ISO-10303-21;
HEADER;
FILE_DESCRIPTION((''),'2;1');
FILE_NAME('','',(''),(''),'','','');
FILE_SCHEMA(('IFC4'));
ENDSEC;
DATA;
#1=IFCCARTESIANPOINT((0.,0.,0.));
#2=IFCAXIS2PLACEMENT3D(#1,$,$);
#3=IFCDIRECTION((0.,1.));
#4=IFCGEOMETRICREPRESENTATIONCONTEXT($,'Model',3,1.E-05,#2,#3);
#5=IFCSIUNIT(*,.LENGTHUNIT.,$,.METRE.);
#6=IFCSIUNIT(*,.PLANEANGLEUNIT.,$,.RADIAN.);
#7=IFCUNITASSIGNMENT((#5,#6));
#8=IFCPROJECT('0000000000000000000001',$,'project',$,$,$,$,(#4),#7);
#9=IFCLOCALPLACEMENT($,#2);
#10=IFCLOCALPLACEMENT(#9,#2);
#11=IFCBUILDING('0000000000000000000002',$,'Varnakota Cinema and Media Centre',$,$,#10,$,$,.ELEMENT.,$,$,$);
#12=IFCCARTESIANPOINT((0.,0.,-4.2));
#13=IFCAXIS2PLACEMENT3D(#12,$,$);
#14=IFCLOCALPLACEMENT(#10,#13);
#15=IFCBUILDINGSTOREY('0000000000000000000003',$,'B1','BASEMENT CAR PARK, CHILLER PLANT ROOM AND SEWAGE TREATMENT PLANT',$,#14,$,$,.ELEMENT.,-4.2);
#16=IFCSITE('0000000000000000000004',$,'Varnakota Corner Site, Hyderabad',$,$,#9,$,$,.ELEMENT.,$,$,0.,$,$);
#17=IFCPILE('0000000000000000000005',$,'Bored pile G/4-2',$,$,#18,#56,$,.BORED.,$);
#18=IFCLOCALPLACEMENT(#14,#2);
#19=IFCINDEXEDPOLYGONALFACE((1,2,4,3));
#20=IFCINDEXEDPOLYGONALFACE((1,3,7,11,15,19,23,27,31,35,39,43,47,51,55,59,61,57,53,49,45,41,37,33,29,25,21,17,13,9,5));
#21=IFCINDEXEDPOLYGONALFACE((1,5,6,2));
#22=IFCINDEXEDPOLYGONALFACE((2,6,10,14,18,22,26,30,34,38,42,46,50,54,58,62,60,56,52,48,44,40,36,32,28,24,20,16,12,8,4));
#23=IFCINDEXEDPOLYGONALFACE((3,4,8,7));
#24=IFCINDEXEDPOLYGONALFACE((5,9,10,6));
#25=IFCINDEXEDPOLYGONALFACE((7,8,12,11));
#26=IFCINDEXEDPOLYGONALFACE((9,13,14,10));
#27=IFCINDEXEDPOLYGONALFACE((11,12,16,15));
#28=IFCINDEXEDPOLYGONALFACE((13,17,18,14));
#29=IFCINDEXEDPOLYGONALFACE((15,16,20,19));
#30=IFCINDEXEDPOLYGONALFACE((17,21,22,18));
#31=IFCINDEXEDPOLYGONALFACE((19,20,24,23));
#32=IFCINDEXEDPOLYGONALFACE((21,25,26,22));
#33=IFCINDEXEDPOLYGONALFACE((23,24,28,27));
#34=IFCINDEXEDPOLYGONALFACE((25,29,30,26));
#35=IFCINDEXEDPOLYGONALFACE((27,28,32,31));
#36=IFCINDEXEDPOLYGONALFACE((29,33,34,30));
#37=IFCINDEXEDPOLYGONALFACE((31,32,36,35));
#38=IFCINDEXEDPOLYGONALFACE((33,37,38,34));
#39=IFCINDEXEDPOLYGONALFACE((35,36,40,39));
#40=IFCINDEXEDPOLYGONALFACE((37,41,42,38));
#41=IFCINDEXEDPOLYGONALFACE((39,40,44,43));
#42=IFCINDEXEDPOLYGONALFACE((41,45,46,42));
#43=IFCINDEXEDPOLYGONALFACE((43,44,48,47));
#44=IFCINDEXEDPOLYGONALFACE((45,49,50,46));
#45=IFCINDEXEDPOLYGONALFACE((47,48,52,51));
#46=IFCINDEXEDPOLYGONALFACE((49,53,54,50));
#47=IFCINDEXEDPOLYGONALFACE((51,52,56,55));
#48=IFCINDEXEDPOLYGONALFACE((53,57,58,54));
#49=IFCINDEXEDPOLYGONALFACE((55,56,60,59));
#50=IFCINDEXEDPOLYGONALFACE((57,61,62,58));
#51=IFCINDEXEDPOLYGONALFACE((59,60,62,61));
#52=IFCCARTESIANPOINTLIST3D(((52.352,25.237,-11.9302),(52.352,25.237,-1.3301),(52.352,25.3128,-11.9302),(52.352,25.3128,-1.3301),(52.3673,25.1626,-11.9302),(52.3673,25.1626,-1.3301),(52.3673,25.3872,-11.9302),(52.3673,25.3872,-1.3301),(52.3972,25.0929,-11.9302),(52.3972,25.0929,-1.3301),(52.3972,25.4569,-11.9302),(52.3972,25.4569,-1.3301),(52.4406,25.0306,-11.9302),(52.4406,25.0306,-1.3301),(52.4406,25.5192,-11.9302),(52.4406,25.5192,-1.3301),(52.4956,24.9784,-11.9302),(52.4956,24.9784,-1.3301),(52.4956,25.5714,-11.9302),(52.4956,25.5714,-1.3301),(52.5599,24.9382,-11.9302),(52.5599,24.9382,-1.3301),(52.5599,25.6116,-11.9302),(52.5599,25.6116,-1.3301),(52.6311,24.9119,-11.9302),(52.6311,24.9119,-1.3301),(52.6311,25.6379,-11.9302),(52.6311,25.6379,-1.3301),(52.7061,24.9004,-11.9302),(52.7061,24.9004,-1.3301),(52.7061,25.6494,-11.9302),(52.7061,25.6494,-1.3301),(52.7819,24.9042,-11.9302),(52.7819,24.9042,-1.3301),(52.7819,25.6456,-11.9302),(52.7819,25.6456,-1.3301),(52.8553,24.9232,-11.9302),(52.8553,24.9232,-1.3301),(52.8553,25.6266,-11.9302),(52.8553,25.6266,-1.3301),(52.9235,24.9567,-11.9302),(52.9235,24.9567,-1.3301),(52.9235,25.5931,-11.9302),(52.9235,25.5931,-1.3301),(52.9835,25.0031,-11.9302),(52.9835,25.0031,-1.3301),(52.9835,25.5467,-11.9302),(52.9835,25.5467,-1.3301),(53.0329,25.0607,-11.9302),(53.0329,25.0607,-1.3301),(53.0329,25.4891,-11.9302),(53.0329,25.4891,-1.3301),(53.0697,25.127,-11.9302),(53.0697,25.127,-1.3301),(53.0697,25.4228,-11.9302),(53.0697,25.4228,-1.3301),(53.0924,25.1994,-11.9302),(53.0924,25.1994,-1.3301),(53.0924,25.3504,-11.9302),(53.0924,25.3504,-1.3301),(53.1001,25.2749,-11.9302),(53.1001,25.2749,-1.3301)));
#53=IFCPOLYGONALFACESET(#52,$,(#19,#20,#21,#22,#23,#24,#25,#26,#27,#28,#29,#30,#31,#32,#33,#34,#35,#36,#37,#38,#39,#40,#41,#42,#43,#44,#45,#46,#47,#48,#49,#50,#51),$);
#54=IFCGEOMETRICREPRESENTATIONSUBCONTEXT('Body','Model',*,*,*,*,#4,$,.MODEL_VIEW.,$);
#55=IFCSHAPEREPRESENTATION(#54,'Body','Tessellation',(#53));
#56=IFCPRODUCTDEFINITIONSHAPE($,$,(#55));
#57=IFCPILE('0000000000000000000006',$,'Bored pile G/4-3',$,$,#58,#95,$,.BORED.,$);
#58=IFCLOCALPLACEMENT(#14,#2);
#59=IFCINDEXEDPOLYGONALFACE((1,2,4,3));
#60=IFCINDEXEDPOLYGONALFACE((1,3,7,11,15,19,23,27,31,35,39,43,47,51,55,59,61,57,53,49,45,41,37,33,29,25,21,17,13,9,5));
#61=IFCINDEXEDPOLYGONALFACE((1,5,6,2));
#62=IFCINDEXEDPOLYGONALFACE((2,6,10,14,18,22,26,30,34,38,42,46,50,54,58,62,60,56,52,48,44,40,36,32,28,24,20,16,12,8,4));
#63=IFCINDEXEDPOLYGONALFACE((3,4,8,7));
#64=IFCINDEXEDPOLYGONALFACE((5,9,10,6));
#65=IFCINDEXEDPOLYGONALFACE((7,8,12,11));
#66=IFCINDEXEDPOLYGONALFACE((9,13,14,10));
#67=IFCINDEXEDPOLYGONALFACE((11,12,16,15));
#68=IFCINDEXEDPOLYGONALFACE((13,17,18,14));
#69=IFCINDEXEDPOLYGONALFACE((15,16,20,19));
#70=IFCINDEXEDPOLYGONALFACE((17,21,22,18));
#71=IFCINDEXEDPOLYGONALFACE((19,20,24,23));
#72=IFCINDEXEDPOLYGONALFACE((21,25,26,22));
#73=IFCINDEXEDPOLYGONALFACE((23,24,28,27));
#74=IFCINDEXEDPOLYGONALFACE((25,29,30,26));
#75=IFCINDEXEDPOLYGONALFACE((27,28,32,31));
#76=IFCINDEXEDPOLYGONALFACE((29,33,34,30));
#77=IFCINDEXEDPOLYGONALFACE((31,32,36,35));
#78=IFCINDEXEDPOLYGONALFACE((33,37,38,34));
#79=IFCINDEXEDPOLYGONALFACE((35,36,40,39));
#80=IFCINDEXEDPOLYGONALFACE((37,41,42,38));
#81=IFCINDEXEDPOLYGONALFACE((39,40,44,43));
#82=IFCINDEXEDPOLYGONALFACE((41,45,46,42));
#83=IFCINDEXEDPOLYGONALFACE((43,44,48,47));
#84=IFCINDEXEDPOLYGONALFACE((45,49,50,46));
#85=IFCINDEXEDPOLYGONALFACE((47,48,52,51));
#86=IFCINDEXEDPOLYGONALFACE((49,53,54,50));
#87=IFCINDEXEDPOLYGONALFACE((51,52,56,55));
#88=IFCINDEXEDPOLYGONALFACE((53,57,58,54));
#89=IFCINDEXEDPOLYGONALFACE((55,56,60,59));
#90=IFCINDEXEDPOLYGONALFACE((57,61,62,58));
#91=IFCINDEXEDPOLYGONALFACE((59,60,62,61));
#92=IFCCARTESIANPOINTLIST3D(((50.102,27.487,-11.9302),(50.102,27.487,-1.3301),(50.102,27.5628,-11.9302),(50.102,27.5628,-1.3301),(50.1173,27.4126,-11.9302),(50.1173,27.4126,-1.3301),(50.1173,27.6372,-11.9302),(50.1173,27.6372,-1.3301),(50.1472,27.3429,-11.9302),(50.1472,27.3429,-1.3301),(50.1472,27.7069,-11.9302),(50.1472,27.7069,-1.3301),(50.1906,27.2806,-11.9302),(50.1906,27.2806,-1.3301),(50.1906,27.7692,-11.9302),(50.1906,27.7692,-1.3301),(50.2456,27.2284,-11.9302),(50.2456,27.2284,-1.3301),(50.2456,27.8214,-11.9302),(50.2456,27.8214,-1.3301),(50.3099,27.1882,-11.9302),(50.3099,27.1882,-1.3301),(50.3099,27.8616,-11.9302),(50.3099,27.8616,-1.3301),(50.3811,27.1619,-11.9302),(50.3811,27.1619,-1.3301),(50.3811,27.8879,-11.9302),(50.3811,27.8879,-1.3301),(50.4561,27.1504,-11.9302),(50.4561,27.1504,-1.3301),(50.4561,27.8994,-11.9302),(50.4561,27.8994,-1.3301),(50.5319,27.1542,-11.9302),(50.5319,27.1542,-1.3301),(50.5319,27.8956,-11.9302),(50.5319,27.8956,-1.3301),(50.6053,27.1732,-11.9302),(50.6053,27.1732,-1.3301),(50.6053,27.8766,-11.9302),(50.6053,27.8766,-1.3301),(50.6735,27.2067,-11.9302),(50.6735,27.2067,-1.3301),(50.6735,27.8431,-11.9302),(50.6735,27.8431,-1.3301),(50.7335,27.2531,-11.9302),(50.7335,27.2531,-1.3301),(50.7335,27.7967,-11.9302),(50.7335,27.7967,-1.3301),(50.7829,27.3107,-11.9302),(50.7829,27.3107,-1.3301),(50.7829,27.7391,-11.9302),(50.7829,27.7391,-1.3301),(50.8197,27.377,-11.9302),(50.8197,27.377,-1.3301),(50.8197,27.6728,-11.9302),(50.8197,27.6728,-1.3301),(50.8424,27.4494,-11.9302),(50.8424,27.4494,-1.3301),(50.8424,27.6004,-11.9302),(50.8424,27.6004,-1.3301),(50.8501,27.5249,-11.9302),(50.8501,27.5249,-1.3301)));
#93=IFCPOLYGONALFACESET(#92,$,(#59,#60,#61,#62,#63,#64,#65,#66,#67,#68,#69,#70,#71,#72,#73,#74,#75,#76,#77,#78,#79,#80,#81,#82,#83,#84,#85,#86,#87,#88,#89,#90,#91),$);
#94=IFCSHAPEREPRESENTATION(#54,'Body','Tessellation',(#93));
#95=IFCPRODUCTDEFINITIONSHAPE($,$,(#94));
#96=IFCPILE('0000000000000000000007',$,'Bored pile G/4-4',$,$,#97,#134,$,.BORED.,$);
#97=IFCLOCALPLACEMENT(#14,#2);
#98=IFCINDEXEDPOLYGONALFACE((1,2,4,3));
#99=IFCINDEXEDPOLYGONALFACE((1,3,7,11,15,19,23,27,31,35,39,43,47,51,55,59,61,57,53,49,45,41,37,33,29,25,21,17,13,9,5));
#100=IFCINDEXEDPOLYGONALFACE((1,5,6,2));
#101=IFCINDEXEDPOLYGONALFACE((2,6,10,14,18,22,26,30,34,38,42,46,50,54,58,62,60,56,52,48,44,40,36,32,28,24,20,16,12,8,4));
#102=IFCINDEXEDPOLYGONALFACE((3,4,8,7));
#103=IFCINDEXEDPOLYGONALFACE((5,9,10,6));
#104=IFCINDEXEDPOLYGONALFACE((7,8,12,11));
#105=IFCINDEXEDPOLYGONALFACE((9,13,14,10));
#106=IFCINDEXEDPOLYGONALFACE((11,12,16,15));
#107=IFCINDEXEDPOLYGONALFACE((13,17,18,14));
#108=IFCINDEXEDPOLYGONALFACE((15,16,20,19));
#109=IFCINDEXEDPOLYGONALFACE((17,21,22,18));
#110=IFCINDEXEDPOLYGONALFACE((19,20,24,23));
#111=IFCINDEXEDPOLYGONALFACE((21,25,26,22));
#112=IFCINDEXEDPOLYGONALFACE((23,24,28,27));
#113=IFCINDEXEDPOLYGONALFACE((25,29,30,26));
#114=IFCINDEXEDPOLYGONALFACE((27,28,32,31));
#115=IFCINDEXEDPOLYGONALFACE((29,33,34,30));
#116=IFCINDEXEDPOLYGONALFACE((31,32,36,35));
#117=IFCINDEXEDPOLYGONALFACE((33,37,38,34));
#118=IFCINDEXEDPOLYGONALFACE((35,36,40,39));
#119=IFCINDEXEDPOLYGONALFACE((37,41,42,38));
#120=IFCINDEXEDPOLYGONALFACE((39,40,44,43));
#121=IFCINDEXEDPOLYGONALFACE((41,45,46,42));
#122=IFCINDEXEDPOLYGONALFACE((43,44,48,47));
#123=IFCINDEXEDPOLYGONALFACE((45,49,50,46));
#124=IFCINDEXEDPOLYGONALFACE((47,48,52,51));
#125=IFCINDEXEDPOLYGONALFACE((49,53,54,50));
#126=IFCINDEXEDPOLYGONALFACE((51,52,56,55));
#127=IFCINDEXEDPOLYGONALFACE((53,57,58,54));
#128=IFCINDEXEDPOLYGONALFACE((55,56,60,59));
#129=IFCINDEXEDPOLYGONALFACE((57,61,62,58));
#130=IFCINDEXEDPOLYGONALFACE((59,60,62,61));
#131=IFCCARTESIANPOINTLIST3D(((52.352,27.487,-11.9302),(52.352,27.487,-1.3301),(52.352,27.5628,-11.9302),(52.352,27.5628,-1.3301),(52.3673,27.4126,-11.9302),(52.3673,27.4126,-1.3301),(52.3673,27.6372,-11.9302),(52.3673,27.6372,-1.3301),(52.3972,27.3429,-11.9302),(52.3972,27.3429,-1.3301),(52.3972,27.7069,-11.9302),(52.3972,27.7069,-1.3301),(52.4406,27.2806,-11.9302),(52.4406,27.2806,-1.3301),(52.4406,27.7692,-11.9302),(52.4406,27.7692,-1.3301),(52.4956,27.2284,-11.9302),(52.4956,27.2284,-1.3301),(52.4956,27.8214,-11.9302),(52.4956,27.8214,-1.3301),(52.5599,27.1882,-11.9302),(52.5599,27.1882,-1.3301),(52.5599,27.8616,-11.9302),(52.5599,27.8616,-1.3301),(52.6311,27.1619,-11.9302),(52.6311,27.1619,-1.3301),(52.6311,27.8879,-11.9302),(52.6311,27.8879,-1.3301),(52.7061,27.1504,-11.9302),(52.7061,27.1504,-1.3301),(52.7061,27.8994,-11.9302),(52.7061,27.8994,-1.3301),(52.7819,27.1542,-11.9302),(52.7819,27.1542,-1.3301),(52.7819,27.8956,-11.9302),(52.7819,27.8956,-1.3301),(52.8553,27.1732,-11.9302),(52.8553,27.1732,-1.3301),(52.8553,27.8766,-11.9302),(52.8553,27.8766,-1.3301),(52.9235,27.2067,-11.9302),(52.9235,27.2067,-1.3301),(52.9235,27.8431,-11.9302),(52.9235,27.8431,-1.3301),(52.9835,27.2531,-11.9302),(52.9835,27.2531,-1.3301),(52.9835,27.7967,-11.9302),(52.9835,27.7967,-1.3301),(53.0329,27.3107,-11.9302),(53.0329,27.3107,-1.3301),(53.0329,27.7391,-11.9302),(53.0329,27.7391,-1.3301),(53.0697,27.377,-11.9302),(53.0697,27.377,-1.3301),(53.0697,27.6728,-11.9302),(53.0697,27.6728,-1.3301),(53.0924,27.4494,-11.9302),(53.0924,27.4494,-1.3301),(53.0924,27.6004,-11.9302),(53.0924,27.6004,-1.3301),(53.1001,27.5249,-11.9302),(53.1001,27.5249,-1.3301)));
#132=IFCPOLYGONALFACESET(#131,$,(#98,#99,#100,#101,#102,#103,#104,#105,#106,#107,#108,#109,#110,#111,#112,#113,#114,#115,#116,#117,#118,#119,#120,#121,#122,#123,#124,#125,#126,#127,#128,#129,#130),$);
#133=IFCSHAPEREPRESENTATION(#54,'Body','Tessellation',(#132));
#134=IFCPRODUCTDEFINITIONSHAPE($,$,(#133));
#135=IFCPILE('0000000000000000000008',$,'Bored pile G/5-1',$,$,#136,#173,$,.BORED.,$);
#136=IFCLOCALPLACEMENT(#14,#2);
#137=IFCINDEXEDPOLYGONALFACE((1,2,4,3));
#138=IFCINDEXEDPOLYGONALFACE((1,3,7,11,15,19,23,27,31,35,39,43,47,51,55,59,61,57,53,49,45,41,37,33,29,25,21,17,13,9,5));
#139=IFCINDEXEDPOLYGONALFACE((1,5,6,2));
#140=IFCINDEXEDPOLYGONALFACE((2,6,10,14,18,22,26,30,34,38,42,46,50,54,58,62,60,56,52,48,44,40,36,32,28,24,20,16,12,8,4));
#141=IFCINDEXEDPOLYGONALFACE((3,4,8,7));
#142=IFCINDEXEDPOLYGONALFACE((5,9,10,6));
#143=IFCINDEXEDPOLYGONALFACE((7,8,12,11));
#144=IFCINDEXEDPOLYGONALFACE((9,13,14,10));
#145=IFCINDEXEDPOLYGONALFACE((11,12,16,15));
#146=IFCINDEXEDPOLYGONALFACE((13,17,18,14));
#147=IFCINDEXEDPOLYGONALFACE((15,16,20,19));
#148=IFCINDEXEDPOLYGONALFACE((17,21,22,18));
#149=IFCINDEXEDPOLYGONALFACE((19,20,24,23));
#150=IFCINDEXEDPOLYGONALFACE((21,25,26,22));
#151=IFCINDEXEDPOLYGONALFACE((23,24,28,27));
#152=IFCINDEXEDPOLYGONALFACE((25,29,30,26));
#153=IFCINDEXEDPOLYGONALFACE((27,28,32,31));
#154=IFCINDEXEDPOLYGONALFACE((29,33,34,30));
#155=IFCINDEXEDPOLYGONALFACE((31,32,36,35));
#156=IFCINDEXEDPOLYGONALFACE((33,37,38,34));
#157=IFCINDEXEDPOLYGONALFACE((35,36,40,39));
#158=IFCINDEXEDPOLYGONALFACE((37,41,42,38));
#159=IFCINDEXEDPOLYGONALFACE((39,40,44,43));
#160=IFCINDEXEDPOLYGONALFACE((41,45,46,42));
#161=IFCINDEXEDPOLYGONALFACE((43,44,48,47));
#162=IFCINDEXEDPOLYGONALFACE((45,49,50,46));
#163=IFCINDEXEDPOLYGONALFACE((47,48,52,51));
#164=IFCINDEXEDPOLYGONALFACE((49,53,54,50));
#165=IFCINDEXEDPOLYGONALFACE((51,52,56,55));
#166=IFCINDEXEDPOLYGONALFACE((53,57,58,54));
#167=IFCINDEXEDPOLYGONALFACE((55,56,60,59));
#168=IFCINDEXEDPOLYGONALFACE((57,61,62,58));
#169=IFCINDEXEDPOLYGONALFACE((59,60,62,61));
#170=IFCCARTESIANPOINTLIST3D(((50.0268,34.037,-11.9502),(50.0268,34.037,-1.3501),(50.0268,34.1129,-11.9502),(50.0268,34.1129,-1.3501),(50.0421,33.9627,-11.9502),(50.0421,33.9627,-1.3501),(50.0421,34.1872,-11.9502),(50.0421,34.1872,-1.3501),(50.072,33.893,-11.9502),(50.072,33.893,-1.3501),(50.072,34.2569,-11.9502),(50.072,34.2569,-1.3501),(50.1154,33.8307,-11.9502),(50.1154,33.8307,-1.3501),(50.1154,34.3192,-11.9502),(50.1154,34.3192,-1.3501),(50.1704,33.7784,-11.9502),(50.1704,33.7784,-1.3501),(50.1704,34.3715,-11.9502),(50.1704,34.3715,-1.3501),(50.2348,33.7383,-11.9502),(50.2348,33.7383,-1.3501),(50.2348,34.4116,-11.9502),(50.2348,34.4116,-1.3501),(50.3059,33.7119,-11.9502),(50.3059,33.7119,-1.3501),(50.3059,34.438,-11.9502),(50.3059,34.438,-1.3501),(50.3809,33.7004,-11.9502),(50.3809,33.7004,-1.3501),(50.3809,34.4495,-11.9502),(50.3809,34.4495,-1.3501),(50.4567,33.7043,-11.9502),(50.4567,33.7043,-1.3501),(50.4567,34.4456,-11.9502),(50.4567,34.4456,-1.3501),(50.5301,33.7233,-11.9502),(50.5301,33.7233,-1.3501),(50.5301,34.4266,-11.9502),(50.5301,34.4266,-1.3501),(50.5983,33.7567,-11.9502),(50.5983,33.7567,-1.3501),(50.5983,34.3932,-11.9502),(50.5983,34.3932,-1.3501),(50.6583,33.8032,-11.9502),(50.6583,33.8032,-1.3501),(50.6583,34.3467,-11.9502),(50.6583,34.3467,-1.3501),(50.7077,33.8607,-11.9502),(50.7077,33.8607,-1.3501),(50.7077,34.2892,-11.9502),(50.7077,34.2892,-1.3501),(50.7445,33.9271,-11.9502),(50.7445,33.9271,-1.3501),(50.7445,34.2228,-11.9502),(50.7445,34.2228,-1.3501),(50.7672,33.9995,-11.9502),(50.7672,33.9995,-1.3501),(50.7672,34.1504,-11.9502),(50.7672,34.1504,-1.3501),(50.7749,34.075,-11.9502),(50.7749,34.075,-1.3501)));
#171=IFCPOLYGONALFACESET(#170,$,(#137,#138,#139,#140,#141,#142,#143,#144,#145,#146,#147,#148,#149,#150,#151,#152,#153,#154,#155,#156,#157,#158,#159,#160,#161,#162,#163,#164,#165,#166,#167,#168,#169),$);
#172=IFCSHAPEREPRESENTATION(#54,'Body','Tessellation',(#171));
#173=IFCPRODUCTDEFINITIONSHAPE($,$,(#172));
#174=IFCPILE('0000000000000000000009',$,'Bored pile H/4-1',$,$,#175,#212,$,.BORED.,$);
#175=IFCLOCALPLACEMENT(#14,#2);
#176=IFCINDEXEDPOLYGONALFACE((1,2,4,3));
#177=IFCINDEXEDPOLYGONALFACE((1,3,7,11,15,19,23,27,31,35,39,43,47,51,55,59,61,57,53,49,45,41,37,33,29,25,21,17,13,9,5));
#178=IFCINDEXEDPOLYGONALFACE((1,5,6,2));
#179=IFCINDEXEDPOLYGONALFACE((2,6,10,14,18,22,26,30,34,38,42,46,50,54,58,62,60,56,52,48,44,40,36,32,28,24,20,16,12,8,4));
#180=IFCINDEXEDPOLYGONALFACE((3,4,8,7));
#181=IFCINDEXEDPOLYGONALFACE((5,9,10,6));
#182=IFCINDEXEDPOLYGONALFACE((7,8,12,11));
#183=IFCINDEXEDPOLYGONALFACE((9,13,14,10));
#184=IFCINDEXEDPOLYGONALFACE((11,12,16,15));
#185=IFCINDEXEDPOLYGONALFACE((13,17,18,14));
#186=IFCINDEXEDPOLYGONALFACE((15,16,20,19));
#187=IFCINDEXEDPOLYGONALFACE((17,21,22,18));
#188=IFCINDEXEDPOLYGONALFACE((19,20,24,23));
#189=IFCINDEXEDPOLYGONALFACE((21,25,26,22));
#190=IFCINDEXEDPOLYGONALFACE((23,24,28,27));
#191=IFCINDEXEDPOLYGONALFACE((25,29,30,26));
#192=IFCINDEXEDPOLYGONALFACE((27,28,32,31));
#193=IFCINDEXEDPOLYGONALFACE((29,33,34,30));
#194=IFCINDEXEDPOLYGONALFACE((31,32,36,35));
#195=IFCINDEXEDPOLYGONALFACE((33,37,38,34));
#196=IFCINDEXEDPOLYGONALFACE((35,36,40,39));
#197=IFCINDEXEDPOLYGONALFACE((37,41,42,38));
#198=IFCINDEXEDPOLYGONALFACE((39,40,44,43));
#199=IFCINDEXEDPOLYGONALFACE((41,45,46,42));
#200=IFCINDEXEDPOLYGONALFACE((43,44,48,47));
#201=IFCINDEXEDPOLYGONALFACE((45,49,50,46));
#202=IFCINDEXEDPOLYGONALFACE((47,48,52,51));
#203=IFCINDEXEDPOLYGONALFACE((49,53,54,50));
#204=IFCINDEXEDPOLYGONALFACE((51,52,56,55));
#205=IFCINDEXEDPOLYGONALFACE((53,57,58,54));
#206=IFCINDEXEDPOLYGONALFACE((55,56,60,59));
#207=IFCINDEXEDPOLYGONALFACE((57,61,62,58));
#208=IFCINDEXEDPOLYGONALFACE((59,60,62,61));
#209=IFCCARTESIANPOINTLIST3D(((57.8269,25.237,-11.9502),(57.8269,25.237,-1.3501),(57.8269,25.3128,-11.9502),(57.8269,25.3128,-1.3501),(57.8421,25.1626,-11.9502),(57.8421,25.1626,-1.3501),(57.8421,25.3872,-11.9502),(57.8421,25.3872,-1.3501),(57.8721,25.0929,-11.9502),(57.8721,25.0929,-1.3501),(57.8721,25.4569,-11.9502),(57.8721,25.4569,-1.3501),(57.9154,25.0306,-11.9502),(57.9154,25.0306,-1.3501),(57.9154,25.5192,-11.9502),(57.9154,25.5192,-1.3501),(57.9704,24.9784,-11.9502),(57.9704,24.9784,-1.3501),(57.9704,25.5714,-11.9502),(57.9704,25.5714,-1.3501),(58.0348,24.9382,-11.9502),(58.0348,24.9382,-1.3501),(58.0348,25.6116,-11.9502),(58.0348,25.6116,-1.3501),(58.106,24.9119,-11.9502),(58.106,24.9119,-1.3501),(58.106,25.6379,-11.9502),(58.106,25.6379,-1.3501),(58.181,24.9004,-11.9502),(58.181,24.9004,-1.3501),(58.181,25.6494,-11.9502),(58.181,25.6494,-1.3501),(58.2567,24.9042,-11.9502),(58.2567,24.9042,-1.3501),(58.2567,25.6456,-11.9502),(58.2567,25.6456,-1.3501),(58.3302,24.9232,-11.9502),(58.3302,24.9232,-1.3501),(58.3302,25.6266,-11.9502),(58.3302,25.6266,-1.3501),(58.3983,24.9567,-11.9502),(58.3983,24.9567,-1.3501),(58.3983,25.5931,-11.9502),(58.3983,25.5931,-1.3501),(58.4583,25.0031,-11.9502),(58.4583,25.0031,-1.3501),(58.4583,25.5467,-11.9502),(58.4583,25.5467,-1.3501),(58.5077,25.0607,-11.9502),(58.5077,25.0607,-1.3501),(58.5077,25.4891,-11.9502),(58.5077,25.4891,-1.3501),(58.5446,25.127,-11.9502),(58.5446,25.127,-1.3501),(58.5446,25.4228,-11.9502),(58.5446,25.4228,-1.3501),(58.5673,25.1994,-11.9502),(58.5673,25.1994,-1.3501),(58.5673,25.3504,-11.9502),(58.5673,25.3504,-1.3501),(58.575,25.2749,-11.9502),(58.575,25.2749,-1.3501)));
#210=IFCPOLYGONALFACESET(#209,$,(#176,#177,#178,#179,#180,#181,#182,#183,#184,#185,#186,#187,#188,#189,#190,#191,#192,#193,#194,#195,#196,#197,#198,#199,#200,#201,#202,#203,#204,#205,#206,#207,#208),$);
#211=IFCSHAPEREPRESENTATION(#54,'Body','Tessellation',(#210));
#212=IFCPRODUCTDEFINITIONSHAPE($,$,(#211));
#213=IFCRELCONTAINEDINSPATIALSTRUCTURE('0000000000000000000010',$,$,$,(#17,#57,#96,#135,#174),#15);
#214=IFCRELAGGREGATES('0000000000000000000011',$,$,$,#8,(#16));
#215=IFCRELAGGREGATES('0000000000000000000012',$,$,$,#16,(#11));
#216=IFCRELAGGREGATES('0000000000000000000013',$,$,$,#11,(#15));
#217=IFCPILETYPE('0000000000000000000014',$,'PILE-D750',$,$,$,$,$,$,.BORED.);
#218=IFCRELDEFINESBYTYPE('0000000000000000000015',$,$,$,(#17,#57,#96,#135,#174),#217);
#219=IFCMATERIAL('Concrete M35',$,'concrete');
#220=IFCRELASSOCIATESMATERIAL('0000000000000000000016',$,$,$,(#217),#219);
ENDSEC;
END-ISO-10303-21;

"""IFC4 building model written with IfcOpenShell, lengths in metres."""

from ifc_helpers import new_model, si_unit, direction, frame, origin, origin_2d, place, context, subcontext, project, spatial, circle, extrude, material, material_profile, profile_set, type_object, element, save


model = new_model("IFC4")

# Units and contexts
model_context = context("Model", 3, precision=1e-05, world=origin(), true_north=direction((0.0, 1.0)))
body_context = subcontext(model_context, "Body", "Model", "MODEL_VIEW")
ifc_project = project(units=[si_unit("LENGTHUNIT", "METRE"), si_unit("PLANEANGLEUNIT", "RADIAN")], contexts=[model_context])

# Site, building, storey
site_placement = place(None, origin())
site = spatial("IfcSite", under=ifc_project, at=site_placement, Name="Varnakota Corner Site, Hyderabad", CompositionType="ELEMENT", RefElevation=0.0)
building_placement = place(site_placement, origin())
building = spatial("IfcBuilding", under=site, at=building_placement, Name="Varnakota Cinema and Media Centre", CompositionType="ELEMENT")
storey_placement = place(building_placement, frame((0.0, 0.0, -4.2)))
storey = spatial("IfcBuildingStorey", under=building, at=storey_placement, Name="B1", Description="BASEMENT CAR PARK, CHILLER PLANT ROOM AND SEWAGE TREATMENT PLANT", CompositionType="ELEMENT", Elevation=-4.2)

# Piles
ifc_material_1 = material(Name="Concrete M35", Category="concrete")
ifc_material_profile_1 = material_profile(ifc_material_1, circle(Radius=0.375, at=origin_2d()), Name="PILE D750")
ifc_profile_set_1 = profile_set([ifc_material_profile_1], Name="Concrete M35")
pile_type_1 = type_object("IfcPileType", Name="PILE-D750", PredefinedType="BORED", material=ifc_profile_set_1)
for number, where, z_axis, x_axis, name in (
    (1, (52.7251, 25.2749, -1.3301), (0.0, 0.0, -1.0), (1.0, 0.0, 0.0), "Bored pile G/4-2"),
    (2, (50.4751, 27.5249, -1.3301), (0.0, 0.0, -1.0), (1.0, 0.0, 0.0), "Bored pile G/4-3"),
    (3, (52.7251, 27.5249, -1.3301), (0.0, 0.0, -1.0), (1.0, 0.0, 0.0), "Bored pile G/4-4"),
    (4, (50.3999, 34.075, -1.3501), (0.0, 0.0, -1.0), (1.0, 0.0, 0.0), "Bored pile G/5-1"),
    (5, (58.2, 25.2749, -1.3501), (0.0, 0.0, -1.0), (1.0, 0.0, 0.0), "Bored pile H/4-1"),
):
    element("IfcPile", number, at=place(storey_placement, frame(where, z_axis=z_axis, x_axis=x_axis)), inside=storey, type_object=pile_type_1, Name=name, PredefinedType="BORED", context=body_context, shape_type="SweptSolid", body=[
        extrude(circle(Radius=0.375, at=origin_2d()), origin(), (0.0, 0.0, 1.0), 10.6001),
    ])

save(model, "model.ifc")
